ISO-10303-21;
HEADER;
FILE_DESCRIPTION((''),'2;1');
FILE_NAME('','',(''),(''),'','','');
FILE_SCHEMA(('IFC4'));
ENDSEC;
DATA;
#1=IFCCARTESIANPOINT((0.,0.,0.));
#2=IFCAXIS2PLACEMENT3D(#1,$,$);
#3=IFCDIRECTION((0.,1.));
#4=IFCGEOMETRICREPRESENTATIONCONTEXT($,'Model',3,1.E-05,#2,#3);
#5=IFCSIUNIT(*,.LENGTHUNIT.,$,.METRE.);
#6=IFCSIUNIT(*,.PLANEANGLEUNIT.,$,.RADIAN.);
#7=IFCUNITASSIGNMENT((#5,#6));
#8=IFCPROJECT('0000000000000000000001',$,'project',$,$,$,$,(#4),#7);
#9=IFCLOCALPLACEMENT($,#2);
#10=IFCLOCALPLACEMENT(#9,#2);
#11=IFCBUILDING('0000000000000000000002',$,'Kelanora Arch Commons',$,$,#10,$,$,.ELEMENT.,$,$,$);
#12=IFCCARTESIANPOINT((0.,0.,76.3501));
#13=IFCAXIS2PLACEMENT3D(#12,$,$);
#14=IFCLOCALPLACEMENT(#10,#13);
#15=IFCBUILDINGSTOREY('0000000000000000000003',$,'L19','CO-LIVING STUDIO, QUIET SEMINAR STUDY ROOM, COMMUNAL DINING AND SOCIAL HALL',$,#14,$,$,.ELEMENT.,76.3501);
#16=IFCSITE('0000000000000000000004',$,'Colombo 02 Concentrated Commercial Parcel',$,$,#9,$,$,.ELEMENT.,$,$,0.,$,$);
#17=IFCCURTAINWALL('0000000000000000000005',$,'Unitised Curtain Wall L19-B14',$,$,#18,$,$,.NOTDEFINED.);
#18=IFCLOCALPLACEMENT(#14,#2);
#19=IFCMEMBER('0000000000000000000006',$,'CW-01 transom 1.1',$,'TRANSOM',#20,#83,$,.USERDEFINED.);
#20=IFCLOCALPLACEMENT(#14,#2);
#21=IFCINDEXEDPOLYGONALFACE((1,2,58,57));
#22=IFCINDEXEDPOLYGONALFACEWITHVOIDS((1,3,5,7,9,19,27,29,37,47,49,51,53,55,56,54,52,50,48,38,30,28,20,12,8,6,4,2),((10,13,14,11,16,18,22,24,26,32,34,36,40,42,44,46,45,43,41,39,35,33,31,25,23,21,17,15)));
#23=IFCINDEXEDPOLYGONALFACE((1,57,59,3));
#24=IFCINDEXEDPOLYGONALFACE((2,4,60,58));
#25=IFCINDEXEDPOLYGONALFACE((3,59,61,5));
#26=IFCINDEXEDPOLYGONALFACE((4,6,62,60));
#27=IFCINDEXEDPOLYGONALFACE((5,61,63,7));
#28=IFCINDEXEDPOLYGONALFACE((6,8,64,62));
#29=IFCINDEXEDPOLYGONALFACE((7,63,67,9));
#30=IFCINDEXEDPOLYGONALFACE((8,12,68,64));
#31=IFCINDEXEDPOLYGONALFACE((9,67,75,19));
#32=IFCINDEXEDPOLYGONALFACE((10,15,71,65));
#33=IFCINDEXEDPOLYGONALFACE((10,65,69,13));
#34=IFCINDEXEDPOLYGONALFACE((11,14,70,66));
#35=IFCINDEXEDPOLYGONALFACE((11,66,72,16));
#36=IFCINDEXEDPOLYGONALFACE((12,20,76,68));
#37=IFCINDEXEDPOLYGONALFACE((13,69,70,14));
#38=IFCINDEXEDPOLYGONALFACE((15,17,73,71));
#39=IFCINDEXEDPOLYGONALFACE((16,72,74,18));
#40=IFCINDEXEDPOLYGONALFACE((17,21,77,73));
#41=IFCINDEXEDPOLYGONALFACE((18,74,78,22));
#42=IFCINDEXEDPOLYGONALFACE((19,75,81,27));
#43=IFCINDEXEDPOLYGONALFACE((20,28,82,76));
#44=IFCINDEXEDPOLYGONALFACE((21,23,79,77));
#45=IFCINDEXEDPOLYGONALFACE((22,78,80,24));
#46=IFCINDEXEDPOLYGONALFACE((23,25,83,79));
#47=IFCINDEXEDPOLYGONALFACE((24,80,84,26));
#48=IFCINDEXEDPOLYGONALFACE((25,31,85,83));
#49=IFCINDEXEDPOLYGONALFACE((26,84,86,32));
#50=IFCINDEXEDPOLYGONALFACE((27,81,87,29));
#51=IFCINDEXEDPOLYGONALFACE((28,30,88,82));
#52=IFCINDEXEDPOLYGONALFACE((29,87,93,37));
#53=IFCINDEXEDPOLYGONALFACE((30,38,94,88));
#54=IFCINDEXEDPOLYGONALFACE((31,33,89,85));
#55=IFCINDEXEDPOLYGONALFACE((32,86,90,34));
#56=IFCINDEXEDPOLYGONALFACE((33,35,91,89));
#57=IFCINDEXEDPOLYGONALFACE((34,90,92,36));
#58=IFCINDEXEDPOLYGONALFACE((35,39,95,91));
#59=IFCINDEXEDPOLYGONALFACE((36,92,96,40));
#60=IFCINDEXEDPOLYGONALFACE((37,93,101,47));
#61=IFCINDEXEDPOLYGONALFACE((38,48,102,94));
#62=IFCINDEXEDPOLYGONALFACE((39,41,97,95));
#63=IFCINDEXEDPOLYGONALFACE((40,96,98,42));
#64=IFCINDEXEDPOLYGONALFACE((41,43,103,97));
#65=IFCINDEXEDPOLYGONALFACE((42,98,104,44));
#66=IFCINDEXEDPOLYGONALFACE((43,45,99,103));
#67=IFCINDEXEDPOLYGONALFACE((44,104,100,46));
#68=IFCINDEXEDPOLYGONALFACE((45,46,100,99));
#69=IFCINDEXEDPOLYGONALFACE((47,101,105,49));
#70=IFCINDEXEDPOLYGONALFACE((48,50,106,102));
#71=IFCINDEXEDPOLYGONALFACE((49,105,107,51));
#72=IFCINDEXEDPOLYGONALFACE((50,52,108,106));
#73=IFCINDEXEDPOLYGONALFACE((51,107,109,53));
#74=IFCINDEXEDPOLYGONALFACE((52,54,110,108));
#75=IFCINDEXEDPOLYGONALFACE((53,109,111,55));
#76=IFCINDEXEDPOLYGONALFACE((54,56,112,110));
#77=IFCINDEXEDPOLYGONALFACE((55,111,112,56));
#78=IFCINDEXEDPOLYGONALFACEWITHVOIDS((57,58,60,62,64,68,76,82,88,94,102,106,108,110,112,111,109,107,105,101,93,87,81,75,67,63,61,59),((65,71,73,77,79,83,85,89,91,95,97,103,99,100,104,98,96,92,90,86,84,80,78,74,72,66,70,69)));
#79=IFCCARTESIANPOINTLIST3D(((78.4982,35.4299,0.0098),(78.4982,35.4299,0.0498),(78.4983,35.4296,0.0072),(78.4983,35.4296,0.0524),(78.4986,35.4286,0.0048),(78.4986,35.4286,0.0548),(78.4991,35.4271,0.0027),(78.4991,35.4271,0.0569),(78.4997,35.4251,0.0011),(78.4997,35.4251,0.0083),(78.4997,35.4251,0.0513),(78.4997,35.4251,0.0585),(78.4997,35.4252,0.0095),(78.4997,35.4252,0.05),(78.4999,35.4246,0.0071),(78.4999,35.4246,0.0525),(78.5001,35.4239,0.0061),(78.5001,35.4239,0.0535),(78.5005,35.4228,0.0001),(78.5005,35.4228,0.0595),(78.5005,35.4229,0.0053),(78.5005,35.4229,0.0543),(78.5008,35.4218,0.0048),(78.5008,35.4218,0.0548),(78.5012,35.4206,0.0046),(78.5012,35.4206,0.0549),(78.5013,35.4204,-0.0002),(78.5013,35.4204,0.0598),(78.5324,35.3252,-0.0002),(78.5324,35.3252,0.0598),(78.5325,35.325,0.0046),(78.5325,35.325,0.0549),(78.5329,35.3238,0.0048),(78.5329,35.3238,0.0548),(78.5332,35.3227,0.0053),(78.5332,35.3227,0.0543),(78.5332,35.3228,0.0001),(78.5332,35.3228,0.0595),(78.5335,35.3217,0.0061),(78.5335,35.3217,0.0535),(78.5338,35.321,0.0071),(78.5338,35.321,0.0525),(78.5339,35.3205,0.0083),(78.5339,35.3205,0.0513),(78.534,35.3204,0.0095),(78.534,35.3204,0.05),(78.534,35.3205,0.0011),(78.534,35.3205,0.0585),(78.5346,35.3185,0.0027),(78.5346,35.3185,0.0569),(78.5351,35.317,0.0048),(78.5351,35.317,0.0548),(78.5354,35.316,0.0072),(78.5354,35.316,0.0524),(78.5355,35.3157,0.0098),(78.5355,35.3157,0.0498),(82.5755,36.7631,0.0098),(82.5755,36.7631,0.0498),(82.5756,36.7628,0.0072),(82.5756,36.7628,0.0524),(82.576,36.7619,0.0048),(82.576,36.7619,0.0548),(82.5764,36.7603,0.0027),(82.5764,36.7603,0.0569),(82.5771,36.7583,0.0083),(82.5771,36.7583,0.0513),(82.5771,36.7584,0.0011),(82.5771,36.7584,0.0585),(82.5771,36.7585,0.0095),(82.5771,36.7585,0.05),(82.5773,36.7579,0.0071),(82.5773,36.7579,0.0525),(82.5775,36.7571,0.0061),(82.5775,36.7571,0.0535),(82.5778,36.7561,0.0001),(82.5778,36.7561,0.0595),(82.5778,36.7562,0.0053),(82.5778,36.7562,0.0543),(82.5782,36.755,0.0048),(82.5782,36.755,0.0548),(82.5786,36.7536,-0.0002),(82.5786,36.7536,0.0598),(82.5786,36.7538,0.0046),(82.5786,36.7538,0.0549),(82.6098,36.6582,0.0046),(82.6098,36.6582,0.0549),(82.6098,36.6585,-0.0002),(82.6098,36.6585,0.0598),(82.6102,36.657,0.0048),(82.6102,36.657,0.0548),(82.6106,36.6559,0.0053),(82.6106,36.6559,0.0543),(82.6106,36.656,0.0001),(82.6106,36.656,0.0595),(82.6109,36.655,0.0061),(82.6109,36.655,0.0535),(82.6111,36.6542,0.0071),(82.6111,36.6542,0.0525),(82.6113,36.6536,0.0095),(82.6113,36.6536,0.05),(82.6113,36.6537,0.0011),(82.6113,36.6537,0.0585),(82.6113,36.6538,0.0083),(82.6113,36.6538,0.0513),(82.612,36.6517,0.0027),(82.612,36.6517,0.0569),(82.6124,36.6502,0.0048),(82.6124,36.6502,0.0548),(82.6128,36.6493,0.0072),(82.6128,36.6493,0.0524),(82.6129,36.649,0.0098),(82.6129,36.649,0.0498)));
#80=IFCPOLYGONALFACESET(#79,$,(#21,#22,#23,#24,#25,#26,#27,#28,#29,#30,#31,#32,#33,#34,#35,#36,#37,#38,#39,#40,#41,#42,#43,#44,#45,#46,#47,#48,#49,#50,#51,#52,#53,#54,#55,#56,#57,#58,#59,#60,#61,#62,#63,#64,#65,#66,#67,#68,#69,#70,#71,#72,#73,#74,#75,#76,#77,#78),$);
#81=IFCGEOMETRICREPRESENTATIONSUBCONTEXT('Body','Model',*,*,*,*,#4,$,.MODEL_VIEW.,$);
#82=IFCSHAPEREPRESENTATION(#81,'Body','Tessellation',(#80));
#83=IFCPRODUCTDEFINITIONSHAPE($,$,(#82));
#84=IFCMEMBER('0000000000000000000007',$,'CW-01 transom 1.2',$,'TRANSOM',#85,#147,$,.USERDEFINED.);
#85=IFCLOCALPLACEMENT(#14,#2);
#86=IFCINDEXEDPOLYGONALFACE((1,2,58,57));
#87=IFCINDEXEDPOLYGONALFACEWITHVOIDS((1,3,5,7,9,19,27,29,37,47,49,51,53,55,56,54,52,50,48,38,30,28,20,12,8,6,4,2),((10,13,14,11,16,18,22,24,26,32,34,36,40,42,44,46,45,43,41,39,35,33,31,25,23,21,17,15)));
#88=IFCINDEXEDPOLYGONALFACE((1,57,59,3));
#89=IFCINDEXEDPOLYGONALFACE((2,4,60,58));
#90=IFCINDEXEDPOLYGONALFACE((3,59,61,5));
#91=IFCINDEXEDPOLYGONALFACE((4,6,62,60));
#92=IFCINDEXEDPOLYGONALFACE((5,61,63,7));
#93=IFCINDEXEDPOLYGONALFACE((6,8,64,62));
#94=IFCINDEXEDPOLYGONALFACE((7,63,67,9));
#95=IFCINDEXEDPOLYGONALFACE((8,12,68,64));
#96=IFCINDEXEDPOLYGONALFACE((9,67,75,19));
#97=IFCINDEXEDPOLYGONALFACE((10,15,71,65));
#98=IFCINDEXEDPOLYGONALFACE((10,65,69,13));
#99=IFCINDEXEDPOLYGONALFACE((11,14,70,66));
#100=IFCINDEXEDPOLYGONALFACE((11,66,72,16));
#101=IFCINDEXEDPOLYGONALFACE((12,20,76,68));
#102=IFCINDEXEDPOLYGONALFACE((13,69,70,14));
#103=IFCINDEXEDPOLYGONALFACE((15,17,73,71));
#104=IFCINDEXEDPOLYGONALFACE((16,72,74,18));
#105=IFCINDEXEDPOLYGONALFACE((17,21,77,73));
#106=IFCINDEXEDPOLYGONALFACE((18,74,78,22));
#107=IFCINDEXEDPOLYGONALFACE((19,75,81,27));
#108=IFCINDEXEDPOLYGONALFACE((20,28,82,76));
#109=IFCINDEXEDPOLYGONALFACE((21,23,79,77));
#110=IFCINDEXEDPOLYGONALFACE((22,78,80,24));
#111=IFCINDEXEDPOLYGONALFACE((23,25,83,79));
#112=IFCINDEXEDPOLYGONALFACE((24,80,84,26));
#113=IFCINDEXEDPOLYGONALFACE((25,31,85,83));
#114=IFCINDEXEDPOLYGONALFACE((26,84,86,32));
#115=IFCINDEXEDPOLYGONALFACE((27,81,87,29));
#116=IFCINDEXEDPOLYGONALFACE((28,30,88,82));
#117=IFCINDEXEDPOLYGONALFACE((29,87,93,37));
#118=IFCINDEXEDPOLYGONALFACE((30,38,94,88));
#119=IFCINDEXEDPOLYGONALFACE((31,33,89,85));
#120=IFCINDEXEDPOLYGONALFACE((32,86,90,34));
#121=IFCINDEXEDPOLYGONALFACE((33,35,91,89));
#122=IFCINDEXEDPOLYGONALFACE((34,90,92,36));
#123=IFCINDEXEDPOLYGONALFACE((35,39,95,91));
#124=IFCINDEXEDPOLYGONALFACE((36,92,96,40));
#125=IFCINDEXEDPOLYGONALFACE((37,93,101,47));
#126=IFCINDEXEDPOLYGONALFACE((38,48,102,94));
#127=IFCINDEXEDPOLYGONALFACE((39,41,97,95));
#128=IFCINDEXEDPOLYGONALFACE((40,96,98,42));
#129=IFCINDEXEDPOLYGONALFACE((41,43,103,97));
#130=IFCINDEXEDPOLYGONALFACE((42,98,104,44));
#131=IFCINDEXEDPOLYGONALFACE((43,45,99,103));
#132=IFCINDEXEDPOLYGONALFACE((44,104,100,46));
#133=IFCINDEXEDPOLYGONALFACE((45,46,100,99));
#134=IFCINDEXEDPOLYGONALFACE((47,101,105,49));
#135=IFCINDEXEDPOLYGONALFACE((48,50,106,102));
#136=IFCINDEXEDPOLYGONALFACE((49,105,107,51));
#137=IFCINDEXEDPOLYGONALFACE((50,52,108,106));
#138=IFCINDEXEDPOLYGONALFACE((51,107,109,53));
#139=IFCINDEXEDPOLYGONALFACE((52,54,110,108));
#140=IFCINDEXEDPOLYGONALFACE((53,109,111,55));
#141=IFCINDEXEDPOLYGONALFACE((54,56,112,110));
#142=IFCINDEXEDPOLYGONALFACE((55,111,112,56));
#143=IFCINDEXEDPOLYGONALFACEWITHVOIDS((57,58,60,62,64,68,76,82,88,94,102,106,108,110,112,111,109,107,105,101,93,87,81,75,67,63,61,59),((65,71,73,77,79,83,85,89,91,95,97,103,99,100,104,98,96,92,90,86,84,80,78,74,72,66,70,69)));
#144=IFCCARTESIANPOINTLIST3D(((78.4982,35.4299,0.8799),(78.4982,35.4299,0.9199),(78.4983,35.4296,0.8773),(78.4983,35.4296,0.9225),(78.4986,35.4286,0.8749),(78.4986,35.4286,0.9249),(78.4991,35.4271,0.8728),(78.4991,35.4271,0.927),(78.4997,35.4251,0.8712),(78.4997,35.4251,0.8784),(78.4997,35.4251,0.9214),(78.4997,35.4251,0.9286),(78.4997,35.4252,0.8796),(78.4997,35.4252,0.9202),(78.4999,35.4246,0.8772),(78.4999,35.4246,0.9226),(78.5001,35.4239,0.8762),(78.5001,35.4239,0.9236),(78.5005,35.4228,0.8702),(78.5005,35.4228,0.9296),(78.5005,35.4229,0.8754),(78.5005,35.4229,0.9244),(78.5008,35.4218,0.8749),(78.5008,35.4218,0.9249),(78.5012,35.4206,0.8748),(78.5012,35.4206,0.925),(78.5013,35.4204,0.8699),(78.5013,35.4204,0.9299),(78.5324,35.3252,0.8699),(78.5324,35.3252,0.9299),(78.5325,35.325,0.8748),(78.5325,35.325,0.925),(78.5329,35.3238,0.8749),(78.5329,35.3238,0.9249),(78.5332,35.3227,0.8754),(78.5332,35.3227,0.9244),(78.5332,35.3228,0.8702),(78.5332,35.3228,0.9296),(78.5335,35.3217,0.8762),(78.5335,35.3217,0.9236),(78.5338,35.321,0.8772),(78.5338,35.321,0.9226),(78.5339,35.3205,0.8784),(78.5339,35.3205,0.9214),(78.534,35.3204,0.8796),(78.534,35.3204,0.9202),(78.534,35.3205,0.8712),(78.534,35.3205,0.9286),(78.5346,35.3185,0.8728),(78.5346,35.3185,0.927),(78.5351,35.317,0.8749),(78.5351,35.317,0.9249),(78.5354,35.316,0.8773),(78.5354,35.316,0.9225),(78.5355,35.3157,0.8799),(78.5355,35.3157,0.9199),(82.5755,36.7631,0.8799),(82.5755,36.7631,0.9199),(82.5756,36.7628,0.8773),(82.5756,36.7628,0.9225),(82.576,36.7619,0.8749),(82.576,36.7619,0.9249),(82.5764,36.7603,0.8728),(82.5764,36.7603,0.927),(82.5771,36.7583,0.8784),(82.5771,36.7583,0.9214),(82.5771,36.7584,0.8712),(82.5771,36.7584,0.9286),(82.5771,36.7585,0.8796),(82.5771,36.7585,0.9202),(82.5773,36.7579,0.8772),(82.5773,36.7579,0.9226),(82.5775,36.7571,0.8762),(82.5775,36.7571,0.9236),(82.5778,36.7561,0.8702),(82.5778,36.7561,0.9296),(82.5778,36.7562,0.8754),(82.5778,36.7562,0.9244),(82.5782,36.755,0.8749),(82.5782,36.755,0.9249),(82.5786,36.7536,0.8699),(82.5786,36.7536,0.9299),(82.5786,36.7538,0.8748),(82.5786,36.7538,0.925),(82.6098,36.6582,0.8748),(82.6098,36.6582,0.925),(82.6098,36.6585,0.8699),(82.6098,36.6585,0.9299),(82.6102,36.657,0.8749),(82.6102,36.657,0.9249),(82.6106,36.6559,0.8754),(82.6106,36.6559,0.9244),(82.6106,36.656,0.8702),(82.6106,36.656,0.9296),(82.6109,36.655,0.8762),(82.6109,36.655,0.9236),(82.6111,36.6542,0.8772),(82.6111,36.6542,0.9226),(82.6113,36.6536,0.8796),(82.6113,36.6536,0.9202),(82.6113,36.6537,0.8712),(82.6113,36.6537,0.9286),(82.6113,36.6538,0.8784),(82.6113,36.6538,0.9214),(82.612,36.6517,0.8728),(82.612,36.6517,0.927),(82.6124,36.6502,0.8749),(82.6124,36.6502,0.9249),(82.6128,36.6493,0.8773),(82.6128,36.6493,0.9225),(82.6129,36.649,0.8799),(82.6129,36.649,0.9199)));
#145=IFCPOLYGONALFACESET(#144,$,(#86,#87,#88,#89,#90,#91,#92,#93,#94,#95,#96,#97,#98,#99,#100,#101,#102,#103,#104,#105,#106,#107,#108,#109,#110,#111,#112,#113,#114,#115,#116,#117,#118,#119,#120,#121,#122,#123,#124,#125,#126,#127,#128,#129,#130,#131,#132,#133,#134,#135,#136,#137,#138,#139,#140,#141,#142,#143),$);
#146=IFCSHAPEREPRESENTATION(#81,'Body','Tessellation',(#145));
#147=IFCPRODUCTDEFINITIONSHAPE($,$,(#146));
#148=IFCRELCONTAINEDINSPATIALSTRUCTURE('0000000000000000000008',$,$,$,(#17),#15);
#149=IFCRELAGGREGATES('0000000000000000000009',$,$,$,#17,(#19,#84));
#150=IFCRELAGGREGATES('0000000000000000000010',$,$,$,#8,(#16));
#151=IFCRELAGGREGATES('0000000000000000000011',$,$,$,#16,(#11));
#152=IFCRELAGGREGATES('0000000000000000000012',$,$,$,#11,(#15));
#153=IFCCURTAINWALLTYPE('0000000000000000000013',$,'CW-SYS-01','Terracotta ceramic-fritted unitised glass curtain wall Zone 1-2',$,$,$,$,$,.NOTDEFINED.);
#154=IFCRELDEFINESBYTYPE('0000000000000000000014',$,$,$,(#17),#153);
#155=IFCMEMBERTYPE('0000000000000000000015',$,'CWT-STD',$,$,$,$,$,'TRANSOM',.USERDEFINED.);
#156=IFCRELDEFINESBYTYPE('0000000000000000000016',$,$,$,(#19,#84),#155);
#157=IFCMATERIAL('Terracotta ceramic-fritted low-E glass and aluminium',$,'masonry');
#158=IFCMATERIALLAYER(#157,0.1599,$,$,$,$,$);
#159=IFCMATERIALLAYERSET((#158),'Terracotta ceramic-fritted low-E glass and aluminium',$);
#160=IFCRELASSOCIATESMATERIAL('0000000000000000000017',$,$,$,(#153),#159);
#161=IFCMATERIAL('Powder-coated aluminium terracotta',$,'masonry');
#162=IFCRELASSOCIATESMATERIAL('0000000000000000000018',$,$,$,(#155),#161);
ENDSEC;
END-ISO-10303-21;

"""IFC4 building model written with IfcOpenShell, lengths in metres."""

from ifc_helpers import new_model, si_unit, direction, frame, origin, origin_2d, place, context, subcontext, project, spatial, hollow_rectangle, extrude, material, layer, layer_set, material_profile, profile_set, type_object, element, aggregate, save


model = new_model("IFC4")

# Units and contexts
model_context = context("Model", 3, precision=1e-05, world=origin(), true_north=direction((0.0, 1.0)))
body_context = subcontext(model_context, "Body", "Model", "MODEL_VIEW")
ifc_project = project(units=[si_unit("LENGTHUNIT", "METRE"), si_unit("PLANEANGLEUNIT", "RADIAN")], contexts=[model_context])

# Site, building, storey
site_placement = place(None, origin())
site = spatial("IfcSite", under=ifc_project, at=site_placement, Name="Colombo 02 Concentrated Commercial Parcel", CompositionType="ELEMENT", RefElevation=0.0)
building_placement = place(site_placement, origin())
building = spatial("IfcBuilding", under=site, at=building_placement, Name="Kelanora Arch Commons", CompositionType="ELEMENT")
storey_placement = place(building_placement, frame((0.0, 0.0, 76.3501)))
storey = spatial("IfcBuildingStorey", under=building, at=storey_placement, Name="L19", Description="CO-LIVING STUDIO, QUIET SEMINAR STUDY ROOM, COMMUNAL DINING AND SOCIAL HALL", CompositionType="ELEMENT", Elevation=76.3501)

# Curtain wall, members
ifc_material_1 = material(Name="Terracotta ceramic-fritted low-E glass and aluminium", Category="masonry")
ifc_layer_1 = layer(ifc_material_1, 0.1599)
ifc_layer_set_1 = layer_set([ifc_layer_1], Name="Terracotta ceramic-fritted low-E glass and aluminium")
curtain_wall_type = type_object("IfcCurtainWallType", Name="CW-SYS-01", Description="Terracotta ceramic-fritted unitised glass curtain wall Zone 1-2", PredefinedType="NOTDEFINED", material=ifc_layer_set_1)
curtain_wall_placement = place(storey_placement, origin())
curtain_wall = element("IfcCurtainWall", 1, at=curtain_wall_placement, inside=storey, type_object=curtain_wall_type, Name="Unitised Curtain Wall L19-B14", PredefinedType="NOTDEFINED")
ifc_material_2 = material(Name="Powder-coated aluminium terracotta", Category="masonry")
ifc_material_profile_1 = material_profile(ifc_material_2, hollow_rectangle(XDim=0.1201, YDim=0.0601, WallThickness=0.0049, InnerFilletRadius=0.0049, OuterFilletRadius=0.01, at=origin_2d()), Name="CWT120x60")
ifc_profile_set_1 = profile_set([ifc_material_profile_1], Name="Powder-coated aluminium terracotta")
member_type_1 = type_object("IfcMemberType", Name="CWT-STD", ElementType="TRANSOM", PredefinedType="USERDEFINED", material=ifc_profile_set_1)
member_1_placement = place(storey_placement, frame((78.5168, 35.3728, 0.0298), z_axis=(0.950478, 0.310793, 0.0), x_axis=(-0.310793, 0.950478, 0.0)))
member_1 = element("IfcMember", 2, at=member_1_placement, type_object=member_type_1, Name="CW-01 transom 1.1", ObjectType="TRANSOM", PredefinedType="USERDEFINED", context=body_context, shape_type="SweptSolid", body=[
    extrude(hollow_rectangle(XDim=0.1201, YDim=0.0601, WallThickness=0.0049, InnerFilletRadius=0.0049, OuterFilletRadius=0.01, at=origin_2d()), origin(), (0.0, 0.0, 1.0), 4.2898),
])
member_2_placement = place(storey_placement, frame((78.5168, 35.3728, 0.8999), z_axis=(0.950478, 0.310793, 0.0), x_axis=(-0.310793, 0.950478, 0.0)))
member_2 = element("IfcMember", 3, at=member_2_placement, type_object=member_type_1, Name="CW-01 transom 1.2", ObjectType="TRANSOM", PredefinedType="USERDEFINED", context=body_context, shape_type="SweptSolid", body=[
    extrude(hollow_rectangle(XDim=0.1201, YDim=0.0601, WallThickness=0.0049, InnerFilletRadius=0.0049, OuterFilletRadius=0.01, at=origin_2d()), origin(), (0.0, 0.0, 1.0), 4.2898),
])
aggregate(curtain_wall, [member_1, member_2])

save(model, "model.ifc")
